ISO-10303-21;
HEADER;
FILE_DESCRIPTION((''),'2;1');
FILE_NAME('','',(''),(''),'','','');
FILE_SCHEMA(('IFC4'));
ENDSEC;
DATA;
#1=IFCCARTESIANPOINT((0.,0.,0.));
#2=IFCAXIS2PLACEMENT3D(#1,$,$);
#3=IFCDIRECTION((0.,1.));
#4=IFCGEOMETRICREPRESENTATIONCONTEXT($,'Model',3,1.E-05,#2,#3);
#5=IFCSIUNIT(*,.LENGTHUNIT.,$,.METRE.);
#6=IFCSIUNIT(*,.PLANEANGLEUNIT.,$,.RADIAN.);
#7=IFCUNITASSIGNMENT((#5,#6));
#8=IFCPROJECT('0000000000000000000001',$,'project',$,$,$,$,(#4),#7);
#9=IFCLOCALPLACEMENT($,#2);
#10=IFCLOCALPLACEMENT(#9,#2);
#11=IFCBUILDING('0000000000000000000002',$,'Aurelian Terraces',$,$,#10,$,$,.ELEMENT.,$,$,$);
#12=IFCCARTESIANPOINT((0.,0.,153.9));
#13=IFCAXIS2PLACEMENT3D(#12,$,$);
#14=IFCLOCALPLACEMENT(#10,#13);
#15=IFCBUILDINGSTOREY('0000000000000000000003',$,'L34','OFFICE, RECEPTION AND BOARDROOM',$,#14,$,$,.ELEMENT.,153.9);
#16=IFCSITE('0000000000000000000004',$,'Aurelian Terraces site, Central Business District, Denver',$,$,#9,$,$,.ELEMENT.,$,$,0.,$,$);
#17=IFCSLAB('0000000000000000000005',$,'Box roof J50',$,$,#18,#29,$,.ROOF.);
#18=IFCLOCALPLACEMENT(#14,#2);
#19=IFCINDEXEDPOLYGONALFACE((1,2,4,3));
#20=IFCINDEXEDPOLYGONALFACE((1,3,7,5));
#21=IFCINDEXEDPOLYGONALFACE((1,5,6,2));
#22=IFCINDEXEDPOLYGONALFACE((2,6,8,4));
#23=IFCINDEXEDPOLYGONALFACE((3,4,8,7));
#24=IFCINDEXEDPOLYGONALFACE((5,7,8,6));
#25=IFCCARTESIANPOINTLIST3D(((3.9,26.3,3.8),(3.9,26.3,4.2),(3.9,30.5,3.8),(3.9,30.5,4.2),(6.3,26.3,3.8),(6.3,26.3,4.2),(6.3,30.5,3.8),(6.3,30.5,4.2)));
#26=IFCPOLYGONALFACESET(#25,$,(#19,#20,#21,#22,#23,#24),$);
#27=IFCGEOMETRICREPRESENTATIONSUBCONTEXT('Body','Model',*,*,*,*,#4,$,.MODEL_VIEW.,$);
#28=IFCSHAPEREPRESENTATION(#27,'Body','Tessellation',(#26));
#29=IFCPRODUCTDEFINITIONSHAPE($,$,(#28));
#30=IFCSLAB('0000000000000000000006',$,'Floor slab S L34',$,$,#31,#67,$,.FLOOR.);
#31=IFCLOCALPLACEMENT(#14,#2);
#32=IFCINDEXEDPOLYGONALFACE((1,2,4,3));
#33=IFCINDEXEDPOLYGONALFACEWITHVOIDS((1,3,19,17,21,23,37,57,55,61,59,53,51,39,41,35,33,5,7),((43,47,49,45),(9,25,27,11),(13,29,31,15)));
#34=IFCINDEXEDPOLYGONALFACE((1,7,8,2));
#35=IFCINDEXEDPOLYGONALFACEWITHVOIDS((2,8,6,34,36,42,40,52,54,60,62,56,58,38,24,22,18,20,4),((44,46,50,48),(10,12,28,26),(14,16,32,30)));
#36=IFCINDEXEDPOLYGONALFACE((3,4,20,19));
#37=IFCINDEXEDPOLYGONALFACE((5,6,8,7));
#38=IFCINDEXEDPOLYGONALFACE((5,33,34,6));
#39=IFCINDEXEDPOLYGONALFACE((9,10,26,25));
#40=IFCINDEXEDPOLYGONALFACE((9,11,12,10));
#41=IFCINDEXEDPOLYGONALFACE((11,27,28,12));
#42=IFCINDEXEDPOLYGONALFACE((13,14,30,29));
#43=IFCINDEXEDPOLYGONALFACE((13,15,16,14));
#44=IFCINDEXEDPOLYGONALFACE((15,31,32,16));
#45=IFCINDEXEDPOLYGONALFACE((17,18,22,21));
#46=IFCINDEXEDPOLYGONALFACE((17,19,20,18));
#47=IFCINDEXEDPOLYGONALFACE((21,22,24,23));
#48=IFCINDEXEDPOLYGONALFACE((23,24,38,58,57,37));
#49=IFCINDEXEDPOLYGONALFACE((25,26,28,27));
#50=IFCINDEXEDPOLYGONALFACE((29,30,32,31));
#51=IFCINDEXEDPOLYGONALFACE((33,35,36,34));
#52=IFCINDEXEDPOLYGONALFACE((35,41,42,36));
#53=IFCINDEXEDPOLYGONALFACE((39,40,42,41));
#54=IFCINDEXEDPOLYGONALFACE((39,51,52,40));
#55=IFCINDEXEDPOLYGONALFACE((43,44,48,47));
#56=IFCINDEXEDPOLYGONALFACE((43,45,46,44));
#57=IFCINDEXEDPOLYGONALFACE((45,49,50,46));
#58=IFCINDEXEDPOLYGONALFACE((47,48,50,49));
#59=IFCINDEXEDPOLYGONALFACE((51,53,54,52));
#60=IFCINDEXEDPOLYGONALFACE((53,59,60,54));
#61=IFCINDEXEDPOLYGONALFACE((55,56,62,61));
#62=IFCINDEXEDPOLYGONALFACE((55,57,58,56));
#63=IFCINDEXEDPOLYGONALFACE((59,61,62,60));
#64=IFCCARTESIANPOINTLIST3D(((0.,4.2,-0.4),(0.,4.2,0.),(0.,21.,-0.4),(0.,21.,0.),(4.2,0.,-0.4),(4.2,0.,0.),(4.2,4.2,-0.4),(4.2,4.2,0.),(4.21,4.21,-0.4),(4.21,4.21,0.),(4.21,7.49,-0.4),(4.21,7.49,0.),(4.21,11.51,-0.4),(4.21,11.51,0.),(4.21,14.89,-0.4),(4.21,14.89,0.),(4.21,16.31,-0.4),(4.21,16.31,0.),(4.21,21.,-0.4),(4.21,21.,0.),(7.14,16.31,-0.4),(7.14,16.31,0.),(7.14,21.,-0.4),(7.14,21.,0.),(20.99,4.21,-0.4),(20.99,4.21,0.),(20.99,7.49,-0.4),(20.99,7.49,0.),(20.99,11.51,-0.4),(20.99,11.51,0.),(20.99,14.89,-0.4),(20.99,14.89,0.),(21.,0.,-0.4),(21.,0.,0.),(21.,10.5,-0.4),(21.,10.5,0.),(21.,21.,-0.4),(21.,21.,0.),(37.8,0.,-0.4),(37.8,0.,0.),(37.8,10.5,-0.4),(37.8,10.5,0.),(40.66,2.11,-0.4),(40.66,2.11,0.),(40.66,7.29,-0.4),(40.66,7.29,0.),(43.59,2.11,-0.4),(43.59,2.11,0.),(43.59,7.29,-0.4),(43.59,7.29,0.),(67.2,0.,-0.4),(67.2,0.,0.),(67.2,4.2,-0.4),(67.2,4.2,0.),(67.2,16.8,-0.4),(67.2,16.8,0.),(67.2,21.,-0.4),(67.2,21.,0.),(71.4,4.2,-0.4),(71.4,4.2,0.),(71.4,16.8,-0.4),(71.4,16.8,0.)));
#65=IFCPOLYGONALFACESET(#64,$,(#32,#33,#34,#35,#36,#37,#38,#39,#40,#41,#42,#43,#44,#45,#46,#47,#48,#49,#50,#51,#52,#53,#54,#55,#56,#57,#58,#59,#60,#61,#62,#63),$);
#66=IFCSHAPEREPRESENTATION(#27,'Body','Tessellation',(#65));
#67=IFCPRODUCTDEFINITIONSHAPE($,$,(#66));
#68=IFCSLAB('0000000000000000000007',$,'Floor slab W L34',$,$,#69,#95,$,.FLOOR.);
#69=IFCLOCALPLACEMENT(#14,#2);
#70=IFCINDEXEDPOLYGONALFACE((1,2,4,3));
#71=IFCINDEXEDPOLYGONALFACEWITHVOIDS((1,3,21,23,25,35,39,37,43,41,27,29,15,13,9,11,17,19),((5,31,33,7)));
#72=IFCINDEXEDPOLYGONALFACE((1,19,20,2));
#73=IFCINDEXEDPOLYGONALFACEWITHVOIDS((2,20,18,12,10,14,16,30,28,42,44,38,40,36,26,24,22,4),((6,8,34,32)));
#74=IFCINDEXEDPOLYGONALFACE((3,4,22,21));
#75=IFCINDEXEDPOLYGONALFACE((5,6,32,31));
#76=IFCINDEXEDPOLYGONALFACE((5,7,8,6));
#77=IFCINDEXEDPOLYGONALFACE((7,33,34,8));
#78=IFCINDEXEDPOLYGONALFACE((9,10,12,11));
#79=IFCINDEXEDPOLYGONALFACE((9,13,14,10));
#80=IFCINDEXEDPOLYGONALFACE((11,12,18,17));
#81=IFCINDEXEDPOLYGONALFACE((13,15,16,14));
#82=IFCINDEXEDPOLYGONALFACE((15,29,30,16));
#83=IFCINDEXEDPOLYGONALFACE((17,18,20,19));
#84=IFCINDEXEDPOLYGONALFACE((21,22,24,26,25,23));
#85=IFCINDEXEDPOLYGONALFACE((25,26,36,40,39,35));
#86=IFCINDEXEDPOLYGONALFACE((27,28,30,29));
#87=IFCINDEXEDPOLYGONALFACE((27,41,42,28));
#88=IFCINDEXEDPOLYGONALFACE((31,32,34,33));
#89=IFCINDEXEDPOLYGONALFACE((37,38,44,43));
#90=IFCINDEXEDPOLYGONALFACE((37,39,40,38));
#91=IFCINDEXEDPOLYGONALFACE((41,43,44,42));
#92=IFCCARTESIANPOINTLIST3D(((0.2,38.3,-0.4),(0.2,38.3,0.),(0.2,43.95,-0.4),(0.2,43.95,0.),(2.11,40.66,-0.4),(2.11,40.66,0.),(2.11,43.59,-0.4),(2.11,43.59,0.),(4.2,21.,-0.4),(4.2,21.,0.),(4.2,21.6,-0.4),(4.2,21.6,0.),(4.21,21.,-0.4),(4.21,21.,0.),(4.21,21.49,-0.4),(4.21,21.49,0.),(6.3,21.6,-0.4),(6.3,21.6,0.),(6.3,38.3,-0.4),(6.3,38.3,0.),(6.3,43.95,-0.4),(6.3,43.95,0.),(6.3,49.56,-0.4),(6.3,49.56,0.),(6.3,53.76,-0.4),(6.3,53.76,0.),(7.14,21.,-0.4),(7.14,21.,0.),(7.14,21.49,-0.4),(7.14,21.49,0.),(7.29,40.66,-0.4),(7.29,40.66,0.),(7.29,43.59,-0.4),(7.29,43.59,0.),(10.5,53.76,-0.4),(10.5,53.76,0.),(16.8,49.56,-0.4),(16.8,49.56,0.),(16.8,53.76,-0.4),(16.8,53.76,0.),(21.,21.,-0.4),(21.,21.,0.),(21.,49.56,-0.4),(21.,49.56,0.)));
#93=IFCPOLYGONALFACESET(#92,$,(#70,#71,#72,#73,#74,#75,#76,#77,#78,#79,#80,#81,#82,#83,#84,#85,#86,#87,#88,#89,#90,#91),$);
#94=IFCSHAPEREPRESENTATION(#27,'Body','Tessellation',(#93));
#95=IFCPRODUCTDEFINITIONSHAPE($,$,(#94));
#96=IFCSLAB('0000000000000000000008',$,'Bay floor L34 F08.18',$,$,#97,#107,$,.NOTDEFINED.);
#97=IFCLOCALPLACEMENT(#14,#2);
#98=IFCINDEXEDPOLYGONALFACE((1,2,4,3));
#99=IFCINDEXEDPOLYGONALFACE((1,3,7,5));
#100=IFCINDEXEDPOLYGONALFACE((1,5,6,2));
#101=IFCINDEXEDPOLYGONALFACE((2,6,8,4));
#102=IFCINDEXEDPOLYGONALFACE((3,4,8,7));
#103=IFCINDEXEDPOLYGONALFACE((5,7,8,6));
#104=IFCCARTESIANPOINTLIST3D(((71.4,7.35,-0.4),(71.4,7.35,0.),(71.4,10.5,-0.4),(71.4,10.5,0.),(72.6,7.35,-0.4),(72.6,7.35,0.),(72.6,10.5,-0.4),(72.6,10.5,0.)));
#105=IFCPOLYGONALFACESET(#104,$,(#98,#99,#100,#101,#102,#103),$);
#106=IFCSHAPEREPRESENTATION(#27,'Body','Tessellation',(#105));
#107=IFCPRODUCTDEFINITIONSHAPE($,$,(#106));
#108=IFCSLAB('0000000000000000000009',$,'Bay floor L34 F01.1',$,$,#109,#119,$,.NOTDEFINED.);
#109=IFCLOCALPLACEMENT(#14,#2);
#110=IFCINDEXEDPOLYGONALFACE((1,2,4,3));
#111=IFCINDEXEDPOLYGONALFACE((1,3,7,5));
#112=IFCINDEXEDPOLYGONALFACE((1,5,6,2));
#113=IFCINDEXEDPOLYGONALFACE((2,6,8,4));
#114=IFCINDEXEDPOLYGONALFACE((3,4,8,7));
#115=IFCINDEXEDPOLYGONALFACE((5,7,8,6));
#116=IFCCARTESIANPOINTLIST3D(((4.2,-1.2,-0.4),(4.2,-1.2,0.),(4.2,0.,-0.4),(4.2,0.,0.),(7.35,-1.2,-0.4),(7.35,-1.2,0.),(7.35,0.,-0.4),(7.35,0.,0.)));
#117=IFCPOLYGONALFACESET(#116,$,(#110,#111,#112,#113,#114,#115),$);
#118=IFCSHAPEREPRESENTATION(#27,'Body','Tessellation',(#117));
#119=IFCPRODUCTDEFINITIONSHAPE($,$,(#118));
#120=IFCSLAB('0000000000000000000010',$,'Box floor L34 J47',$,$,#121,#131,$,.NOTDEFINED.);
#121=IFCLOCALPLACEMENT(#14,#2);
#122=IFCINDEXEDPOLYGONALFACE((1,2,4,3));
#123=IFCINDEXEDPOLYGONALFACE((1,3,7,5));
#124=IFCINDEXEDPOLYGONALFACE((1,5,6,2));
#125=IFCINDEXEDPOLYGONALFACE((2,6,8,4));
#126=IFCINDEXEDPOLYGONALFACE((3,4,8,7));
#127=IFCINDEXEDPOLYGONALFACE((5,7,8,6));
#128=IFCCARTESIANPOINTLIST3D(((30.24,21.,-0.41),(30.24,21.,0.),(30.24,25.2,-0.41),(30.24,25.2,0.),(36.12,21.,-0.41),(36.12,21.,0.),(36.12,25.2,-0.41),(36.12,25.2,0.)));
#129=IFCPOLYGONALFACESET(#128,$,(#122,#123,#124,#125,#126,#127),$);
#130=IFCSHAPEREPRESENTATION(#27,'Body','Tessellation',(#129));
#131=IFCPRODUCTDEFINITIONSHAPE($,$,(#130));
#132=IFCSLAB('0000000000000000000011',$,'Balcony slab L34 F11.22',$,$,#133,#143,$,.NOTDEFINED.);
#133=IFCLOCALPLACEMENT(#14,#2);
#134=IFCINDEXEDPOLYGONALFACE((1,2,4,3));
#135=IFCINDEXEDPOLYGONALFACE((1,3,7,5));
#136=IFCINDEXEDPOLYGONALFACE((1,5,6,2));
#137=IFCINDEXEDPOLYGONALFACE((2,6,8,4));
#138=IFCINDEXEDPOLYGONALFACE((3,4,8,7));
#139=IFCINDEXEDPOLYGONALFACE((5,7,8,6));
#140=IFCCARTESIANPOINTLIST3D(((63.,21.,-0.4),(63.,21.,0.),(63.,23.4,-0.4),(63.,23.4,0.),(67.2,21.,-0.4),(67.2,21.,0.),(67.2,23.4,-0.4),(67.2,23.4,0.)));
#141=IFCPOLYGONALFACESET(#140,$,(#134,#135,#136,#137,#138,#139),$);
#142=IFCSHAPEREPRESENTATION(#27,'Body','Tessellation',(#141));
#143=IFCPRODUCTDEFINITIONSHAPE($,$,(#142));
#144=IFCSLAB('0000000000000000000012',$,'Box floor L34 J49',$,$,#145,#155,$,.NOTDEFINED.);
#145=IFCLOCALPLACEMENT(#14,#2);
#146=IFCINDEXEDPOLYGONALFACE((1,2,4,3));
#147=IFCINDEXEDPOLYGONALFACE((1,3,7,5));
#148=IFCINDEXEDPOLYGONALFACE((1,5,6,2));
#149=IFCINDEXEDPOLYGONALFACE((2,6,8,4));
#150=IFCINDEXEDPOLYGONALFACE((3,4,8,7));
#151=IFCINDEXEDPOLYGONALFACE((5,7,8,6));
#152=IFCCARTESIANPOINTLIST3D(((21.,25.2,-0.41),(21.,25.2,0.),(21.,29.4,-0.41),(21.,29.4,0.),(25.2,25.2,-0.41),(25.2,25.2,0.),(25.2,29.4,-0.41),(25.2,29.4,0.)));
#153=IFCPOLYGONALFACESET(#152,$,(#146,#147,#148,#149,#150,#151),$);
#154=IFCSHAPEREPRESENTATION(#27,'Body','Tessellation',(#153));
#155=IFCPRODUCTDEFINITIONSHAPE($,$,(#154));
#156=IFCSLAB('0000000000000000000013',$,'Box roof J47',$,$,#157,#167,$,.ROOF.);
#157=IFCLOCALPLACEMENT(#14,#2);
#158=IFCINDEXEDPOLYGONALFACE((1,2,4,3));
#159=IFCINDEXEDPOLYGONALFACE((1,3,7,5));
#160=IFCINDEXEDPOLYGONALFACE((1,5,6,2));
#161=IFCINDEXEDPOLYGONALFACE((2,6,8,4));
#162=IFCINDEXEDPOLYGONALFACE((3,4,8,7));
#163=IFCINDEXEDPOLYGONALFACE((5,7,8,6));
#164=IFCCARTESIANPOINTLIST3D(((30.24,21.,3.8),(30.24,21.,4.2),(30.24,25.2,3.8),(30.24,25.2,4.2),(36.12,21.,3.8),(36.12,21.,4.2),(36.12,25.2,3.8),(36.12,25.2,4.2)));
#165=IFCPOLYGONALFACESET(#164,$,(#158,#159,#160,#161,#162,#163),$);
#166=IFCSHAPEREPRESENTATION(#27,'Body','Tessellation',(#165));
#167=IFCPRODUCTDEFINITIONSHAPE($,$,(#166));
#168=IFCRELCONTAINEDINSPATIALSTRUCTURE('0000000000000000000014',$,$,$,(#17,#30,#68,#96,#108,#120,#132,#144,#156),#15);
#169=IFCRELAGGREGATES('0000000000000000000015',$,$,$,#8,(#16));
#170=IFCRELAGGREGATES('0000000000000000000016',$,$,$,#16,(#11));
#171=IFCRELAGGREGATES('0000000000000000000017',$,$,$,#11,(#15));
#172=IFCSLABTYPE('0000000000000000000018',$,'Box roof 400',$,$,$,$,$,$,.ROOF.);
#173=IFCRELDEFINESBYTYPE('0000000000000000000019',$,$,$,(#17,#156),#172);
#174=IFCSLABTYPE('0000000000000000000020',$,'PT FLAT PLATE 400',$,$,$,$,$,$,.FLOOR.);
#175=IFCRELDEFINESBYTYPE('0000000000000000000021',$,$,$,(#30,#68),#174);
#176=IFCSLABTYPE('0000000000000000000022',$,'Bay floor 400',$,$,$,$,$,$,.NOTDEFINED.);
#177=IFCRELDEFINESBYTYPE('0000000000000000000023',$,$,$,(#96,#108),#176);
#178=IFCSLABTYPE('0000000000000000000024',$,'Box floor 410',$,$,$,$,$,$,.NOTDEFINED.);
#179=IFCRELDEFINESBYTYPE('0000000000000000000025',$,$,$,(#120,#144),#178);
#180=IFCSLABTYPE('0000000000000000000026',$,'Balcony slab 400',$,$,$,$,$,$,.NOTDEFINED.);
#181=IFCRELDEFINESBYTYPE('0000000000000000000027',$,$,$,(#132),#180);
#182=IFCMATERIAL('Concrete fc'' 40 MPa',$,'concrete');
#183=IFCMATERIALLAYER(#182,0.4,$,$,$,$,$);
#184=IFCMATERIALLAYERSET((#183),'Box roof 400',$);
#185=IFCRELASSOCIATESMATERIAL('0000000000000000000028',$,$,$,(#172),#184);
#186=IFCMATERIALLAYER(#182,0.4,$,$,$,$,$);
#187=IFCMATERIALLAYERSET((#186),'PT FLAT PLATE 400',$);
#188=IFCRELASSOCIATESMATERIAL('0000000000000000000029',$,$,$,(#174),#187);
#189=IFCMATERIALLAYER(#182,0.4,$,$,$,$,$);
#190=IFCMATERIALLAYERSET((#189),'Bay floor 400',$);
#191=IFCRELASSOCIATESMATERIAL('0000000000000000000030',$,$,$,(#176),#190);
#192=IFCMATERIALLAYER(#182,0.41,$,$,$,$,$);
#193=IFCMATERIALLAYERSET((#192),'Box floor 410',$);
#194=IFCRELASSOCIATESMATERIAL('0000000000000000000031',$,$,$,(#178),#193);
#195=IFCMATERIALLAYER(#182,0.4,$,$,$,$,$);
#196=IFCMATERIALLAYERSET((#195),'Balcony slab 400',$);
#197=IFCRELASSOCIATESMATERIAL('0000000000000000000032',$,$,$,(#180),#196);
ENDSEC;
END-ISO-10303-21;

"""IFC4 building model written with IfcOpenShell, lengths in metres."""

from ifc_helpers import new_model, si_unit, direction, frame, origin, place, context, subcontext, project, spatial, polyline, outline, extrude, source, transform, mapped, material, layer, layer_set, type_object, element, save


model = new_model("IFC4")

# Units and contexts
model_context = context("Model", 3, precision=1e-05, world=origin(), true_north=direction((0.0, 1.0)))
body_context = subcontext(model_context, "Body", "Model", "MODEL_VIEW")
ifc_project = project(units=[si_unit("LENGTHUNIT", "METRE"), si_unit("PLANEANGLEUNIT", "RADIAN")], contexts=[model_context])

# Site, building, storey
site_placement = place(None, origin())
site = spatial("IfcSite", under=ifc_project, at=site_placement, Name="Aurelian Terraces site, Central Business District, Denver", CompositionType="ELEMENT", RefElevation=0.0)
building_placement = place(site_placement, origin())
building = spatial("IfcBuilding", under=site, at=building_placement, Name="Aurelian Terraces", CompositionType="ELEMENT")
storey_placement = place(building_placement, frame((0.0, 0.0, 153.9)))
storey = spatial("IfcBuildingStorey", under=building, at=storey_placement, Name="L34", Description="OFFICE, RECEPTION AND BOARDROOM", CompositionType="ELEMENT", Elevation=153.9)

# Slabs
ifc_material_1 = material(Name="Concrete fc' 40 MPa", Category="concrete")
ifc_layer_1 = layer(ifc_material_1, 0.4)
ifc_layer_set_1 = layer_set([ifc_layer_1], Name="Box roof 400")
slab_type_1 = type_object("IfcSlabType", Name="Box roof 400", PredefinedType="ROOF", material=ifc_layer_set_1)
slab_1_placement = place(storey_placement, frame((0.0, 0.0, 3.8)))
element("IfcSlab", 1, at=slab_1_placement, inside=storey, type_object=slab_type_1, Name="Box roof J50", PredefinedType="ROOF", context=body_context, shape_type="SweptSolid", body=[
    extrude(outline(polyline([(3.9, 30.5), (3.9, 26.3), (6.3, 26.3), (6.3, 30.5), (3.9, 30.5)])), origin(), (0.0, 0.0, 1.0), 0.4),
])
ifc_layer_2 = layer(ifc_material_1, 0.4)
ifc_layer_set_2 = layer_set([ifc_layer_2], Name="PT FLAT PLATE 400")
slab_type_2 = type_object("IfcSlabType", Name="PT FLAT PLATE 400", PredefinedType="FLOOR", material=ifc_layer_set_2)
shared_shape_1 = source(origin(), body_context, "Body", "SweptSolid", [
    extrude(outline(polyline([(71.4, 16.8), (71.4, 4.2), (67.2, 4.2), (67.2, 0.0), (37.8, 0.0), (37.8, 10.5), (21.0, 10.5), (21.0, 0.0), (4.2, 0.0), (4.2, 4.2), (0.0, 4.2), (0.0, 21.0), (4.21, 21.0), (4.21, 16.31), (7.14, 16.31), (7.14, 21.0), (21.0, 21.0), (67.2, 21.0), (67.2, 16.8), (71.4, 16.8)]), holes=[polyline([(40.66, 2.11), (43.59, 2.11), (43.59, 7.29), (40.66, 7.29), (40.66, 2.11)]), polyline([(4.21, 7.49), (4.21, 4.21), (20.99, 4.21), (20.99, 7.49), (4.21, 7.49)]), polyline([(4.21, 14.89), (4.21, 11.51), (20.99, 11.51), (20.99, 14.89), (4.21, 14.89)])]), origin(), (0.0, 0.0, 1.0), 0.4),
])
slab_2_placement = place(storey_placement, frame((0.0, 0.0, -0.4)))
element("IfcSlab", 2, at=slab_2_placement, inside=storey, type_object=slab_type_2, Name="Floor slab S L34", PredefinedType="FLOOR", context=body_context, shape_type="MappedRepresentation", body=[
    mapped(shared_shape_1, transform((0.0, 0.0, 0.0), scale=1.0)),
])
shared_shape_2 = source(origin(), body_context, "Body", "SweptSolid", [
    extrude(outline(polyline([(0.2, 43.95), (6.3, 43.95), (6.3, 49.56), (6.3, 53.76), (10.5, 53.76), (16.8, 53.76), (16.8, 49.56), (21.0, 49.56), (21.0, 21.0), (7.14, 21.0), (7.14, 21.49), (4.21, 21.49), (4.21, 21.0), (4.2, 21.0), (4.2, 21.6), (6.3, 21.6), (6.3, 38.3), (0.2, 38.3), (0.2, 43.95)]), holes=[polyline([(7.29, 43.59), (2.11, 43.59), (2.11, 40.66), (7.29, 40.66), (7.29, 43.59)])]), origin(), (0.0, 0.0, 1.0), 0.4),
])
slab_3_placement = place(storey_placement, frame((0.0, 0.0, -0.4)))
element("IfcSlab", 3, at=slab_3_placement, inside=storey, type_object=slab_type_2, Name="Floor slab W L34", PredefinedType="FLOOR", context=body_context, shape_type="MappedRepresentation", body=[
    mapped(shared_shape_2, transform((0.0, 0.0, 0.0), scale=1.0)),
])
ifc_layer_3 = layer(ifc_material_1, 0.4)
ifc_layer_set_3 = layer_set([ifc_layer_3], Name="Bay floor 400")
slab_type_3 = type_object("IfcSlabType", Name="Bay floor 400", PredefinedType="NOTDEFINED", material=ifc_layer_set_3)
shared_shape_3 = source(origin(), body_context, "Body", "SweptSolid", [
    extrude(outline(polyline([(71.4, 7.35), (71.4, 10.5), (72.6, 10.5), (72.6, 7.35), (71.4, 7.35)])), origin(), (0.0, 0.0, 1.0), 0.4),
])
slab_4_placement = place(storey_placement, frame((0.0, 0.0, -0.4)))
element("IfcSlab", 4, at=slab_4_placement, inside=storey, type_object=slab_type_3, Name="Bay floor L34 F08.18", PredefinedType="NOTDEFINED", context=body_context, shape_type="MappedRepresentation", body=[
    mapped(shared_shape_3, transform((0.0, 0.0, 0.0), scale=1.0)),
])
shared_shape_4 = source(origin(), body_context, "Body", "SweptSolid", [
    extrude(outline(polyline([(4.2, 0.0), (7.35, 0.0), (7.35, -1.2), (4.2, -1.2), (4.2, 0.0)])), origin(), (0.0, 0.0, 1.0), 0.4),
])
slab_5_placement = place(storey_placement, frame((0.0, 0.0, -0.4)))
element("IfcSlab", 5, at=slab_5_placement, inside=storey, type_object=slab_type_3, Name="Bay floor L34 F01.1", PredefinedType="NOTDEFINED", context=body_context, shape_type="MappedRepresentation", body=[
    mapped(shared_shape_4, transform((0.0, 0.0, 0.0), scale=1.0)),
])
ifc_layer_4 = layer(ifc_material_1, 0.41)
ifc_layer_set_4 = layer_set([ifc_layer_4], Name="Box floor 410")
slab_type_4 = type_object("IfcSlabType", Name="Box floor 410", PredefinedType="NOTDEFINED", material=ifc_layer_set_4)
shared_shape_5 = source(origin(), body_context, "Body", "SweptSolid", [
    extrude(outline(polyline([(36.12, 25.2), (30.24, 25.2), (30.24, 21.0), (36.12, 21.0), (36.12, 25.2)])), origin(), (0.0, 0.0, 1.0), 0.41),
])
slab_6_placement = place(storey_placement, frame((0.0, 0.0, -0.41)))
element("IfcSlab", 6, at=slab_6_placement, inside=storey, type_object=slab_type_4, Name="Box floor L34 J47", PredefinedType="NOTDEFINED", context=body_context, shape_type="MappedRepresentation", body=[
    mapped(shared_shape_5, transform((0.0, 0.0, 0.0), scale=1.0)),
])
ifc_layer_5 = layer(ifc_material_1, 0.4)
ifc_layer_set_5 = layer_set([ifc_layer_5], Name="Balcony slab 400")
slab_type_5 = type_object("IfcSlabType", Name="Balcony slab 400", PredefinedType="NOTDEFINED", material=ifc_layer_set_5)
shared_shape_6 = source(origin(), body_context, "Body", "SweptSolid", [
    extrude(outline(polyline([(67.2, 21.0), (63.0, 21.0), (63.0, 23.4), (67.2, 23.4), (67.2, 21.0)])), origin(), (0.0, 0.0, 1.0), 0.4),
])
slab_7_placement = place(storey_placement, frame((0.0, 0.0, -0.4)))
element("IfcSlab", 7, at=slab_7_placement, inside=storey, type_object=slab_type_5, Name="Balcony slab L34 F11.22", PredefinedType="NOTDEFINED", context=body_context, shape_type="MappedRepresentation", body=[
    mapped(shared_shape_6, transform((0.0, 0.0, 0.0), scale=1.0)),
])
shared_shape_7 = source(origin(), body_context, "Body", "SweptSolid", [
    extrude(outline(polyline([(25.2, 25.2), (25.2, 29.4), (21.0, 29.4), (21.0, 25.2), (25.2, 25.2)])), origin(), (0.0, 0.0, 1.0), 0.41),
])
slab_8_placement = place(storey_placement, frame((0.0, 0.0, -0.41)))
element("IfcSlab", 8, at=slab_8_placement, inside=storey, type_object=slab_type_4, Name="Box floor L34 J49", PredefinedType="NOTDEFINED", context=body_context, shape_type="MappedRepresentation", body=[
    mapped(shared_shape_7, transform((0.0, 0.0, 0.0), scale=1.0)),
])
shared_shape_8 = source(origin(), body_context, "Body", "SweptSolid", [
    extrude(outline(polyline([(36.12, 25.2), (30.24, 25.2), (30.24, 21.0), (36.12, 21.0), (36.12, 25.2)])), origin(), (0.0, 0.0, 1.0), 0.4),
])
slab_9_placement = place(storey_placement, frame((0.0, 0.0, 3.8)))
element("IfcSlab", 9, at=slab_9_placement, inside=storey, type_object=slab_type_1, Name="Box roof J47", PredefinedType="ROOF", context=body_context, shape_type="MappedRepresentation", body=[
    mapped(shared_shape_8, transform((0.0, 0.0, 0.0), scale=1.0)),
])

save(model, "model.ifc")
